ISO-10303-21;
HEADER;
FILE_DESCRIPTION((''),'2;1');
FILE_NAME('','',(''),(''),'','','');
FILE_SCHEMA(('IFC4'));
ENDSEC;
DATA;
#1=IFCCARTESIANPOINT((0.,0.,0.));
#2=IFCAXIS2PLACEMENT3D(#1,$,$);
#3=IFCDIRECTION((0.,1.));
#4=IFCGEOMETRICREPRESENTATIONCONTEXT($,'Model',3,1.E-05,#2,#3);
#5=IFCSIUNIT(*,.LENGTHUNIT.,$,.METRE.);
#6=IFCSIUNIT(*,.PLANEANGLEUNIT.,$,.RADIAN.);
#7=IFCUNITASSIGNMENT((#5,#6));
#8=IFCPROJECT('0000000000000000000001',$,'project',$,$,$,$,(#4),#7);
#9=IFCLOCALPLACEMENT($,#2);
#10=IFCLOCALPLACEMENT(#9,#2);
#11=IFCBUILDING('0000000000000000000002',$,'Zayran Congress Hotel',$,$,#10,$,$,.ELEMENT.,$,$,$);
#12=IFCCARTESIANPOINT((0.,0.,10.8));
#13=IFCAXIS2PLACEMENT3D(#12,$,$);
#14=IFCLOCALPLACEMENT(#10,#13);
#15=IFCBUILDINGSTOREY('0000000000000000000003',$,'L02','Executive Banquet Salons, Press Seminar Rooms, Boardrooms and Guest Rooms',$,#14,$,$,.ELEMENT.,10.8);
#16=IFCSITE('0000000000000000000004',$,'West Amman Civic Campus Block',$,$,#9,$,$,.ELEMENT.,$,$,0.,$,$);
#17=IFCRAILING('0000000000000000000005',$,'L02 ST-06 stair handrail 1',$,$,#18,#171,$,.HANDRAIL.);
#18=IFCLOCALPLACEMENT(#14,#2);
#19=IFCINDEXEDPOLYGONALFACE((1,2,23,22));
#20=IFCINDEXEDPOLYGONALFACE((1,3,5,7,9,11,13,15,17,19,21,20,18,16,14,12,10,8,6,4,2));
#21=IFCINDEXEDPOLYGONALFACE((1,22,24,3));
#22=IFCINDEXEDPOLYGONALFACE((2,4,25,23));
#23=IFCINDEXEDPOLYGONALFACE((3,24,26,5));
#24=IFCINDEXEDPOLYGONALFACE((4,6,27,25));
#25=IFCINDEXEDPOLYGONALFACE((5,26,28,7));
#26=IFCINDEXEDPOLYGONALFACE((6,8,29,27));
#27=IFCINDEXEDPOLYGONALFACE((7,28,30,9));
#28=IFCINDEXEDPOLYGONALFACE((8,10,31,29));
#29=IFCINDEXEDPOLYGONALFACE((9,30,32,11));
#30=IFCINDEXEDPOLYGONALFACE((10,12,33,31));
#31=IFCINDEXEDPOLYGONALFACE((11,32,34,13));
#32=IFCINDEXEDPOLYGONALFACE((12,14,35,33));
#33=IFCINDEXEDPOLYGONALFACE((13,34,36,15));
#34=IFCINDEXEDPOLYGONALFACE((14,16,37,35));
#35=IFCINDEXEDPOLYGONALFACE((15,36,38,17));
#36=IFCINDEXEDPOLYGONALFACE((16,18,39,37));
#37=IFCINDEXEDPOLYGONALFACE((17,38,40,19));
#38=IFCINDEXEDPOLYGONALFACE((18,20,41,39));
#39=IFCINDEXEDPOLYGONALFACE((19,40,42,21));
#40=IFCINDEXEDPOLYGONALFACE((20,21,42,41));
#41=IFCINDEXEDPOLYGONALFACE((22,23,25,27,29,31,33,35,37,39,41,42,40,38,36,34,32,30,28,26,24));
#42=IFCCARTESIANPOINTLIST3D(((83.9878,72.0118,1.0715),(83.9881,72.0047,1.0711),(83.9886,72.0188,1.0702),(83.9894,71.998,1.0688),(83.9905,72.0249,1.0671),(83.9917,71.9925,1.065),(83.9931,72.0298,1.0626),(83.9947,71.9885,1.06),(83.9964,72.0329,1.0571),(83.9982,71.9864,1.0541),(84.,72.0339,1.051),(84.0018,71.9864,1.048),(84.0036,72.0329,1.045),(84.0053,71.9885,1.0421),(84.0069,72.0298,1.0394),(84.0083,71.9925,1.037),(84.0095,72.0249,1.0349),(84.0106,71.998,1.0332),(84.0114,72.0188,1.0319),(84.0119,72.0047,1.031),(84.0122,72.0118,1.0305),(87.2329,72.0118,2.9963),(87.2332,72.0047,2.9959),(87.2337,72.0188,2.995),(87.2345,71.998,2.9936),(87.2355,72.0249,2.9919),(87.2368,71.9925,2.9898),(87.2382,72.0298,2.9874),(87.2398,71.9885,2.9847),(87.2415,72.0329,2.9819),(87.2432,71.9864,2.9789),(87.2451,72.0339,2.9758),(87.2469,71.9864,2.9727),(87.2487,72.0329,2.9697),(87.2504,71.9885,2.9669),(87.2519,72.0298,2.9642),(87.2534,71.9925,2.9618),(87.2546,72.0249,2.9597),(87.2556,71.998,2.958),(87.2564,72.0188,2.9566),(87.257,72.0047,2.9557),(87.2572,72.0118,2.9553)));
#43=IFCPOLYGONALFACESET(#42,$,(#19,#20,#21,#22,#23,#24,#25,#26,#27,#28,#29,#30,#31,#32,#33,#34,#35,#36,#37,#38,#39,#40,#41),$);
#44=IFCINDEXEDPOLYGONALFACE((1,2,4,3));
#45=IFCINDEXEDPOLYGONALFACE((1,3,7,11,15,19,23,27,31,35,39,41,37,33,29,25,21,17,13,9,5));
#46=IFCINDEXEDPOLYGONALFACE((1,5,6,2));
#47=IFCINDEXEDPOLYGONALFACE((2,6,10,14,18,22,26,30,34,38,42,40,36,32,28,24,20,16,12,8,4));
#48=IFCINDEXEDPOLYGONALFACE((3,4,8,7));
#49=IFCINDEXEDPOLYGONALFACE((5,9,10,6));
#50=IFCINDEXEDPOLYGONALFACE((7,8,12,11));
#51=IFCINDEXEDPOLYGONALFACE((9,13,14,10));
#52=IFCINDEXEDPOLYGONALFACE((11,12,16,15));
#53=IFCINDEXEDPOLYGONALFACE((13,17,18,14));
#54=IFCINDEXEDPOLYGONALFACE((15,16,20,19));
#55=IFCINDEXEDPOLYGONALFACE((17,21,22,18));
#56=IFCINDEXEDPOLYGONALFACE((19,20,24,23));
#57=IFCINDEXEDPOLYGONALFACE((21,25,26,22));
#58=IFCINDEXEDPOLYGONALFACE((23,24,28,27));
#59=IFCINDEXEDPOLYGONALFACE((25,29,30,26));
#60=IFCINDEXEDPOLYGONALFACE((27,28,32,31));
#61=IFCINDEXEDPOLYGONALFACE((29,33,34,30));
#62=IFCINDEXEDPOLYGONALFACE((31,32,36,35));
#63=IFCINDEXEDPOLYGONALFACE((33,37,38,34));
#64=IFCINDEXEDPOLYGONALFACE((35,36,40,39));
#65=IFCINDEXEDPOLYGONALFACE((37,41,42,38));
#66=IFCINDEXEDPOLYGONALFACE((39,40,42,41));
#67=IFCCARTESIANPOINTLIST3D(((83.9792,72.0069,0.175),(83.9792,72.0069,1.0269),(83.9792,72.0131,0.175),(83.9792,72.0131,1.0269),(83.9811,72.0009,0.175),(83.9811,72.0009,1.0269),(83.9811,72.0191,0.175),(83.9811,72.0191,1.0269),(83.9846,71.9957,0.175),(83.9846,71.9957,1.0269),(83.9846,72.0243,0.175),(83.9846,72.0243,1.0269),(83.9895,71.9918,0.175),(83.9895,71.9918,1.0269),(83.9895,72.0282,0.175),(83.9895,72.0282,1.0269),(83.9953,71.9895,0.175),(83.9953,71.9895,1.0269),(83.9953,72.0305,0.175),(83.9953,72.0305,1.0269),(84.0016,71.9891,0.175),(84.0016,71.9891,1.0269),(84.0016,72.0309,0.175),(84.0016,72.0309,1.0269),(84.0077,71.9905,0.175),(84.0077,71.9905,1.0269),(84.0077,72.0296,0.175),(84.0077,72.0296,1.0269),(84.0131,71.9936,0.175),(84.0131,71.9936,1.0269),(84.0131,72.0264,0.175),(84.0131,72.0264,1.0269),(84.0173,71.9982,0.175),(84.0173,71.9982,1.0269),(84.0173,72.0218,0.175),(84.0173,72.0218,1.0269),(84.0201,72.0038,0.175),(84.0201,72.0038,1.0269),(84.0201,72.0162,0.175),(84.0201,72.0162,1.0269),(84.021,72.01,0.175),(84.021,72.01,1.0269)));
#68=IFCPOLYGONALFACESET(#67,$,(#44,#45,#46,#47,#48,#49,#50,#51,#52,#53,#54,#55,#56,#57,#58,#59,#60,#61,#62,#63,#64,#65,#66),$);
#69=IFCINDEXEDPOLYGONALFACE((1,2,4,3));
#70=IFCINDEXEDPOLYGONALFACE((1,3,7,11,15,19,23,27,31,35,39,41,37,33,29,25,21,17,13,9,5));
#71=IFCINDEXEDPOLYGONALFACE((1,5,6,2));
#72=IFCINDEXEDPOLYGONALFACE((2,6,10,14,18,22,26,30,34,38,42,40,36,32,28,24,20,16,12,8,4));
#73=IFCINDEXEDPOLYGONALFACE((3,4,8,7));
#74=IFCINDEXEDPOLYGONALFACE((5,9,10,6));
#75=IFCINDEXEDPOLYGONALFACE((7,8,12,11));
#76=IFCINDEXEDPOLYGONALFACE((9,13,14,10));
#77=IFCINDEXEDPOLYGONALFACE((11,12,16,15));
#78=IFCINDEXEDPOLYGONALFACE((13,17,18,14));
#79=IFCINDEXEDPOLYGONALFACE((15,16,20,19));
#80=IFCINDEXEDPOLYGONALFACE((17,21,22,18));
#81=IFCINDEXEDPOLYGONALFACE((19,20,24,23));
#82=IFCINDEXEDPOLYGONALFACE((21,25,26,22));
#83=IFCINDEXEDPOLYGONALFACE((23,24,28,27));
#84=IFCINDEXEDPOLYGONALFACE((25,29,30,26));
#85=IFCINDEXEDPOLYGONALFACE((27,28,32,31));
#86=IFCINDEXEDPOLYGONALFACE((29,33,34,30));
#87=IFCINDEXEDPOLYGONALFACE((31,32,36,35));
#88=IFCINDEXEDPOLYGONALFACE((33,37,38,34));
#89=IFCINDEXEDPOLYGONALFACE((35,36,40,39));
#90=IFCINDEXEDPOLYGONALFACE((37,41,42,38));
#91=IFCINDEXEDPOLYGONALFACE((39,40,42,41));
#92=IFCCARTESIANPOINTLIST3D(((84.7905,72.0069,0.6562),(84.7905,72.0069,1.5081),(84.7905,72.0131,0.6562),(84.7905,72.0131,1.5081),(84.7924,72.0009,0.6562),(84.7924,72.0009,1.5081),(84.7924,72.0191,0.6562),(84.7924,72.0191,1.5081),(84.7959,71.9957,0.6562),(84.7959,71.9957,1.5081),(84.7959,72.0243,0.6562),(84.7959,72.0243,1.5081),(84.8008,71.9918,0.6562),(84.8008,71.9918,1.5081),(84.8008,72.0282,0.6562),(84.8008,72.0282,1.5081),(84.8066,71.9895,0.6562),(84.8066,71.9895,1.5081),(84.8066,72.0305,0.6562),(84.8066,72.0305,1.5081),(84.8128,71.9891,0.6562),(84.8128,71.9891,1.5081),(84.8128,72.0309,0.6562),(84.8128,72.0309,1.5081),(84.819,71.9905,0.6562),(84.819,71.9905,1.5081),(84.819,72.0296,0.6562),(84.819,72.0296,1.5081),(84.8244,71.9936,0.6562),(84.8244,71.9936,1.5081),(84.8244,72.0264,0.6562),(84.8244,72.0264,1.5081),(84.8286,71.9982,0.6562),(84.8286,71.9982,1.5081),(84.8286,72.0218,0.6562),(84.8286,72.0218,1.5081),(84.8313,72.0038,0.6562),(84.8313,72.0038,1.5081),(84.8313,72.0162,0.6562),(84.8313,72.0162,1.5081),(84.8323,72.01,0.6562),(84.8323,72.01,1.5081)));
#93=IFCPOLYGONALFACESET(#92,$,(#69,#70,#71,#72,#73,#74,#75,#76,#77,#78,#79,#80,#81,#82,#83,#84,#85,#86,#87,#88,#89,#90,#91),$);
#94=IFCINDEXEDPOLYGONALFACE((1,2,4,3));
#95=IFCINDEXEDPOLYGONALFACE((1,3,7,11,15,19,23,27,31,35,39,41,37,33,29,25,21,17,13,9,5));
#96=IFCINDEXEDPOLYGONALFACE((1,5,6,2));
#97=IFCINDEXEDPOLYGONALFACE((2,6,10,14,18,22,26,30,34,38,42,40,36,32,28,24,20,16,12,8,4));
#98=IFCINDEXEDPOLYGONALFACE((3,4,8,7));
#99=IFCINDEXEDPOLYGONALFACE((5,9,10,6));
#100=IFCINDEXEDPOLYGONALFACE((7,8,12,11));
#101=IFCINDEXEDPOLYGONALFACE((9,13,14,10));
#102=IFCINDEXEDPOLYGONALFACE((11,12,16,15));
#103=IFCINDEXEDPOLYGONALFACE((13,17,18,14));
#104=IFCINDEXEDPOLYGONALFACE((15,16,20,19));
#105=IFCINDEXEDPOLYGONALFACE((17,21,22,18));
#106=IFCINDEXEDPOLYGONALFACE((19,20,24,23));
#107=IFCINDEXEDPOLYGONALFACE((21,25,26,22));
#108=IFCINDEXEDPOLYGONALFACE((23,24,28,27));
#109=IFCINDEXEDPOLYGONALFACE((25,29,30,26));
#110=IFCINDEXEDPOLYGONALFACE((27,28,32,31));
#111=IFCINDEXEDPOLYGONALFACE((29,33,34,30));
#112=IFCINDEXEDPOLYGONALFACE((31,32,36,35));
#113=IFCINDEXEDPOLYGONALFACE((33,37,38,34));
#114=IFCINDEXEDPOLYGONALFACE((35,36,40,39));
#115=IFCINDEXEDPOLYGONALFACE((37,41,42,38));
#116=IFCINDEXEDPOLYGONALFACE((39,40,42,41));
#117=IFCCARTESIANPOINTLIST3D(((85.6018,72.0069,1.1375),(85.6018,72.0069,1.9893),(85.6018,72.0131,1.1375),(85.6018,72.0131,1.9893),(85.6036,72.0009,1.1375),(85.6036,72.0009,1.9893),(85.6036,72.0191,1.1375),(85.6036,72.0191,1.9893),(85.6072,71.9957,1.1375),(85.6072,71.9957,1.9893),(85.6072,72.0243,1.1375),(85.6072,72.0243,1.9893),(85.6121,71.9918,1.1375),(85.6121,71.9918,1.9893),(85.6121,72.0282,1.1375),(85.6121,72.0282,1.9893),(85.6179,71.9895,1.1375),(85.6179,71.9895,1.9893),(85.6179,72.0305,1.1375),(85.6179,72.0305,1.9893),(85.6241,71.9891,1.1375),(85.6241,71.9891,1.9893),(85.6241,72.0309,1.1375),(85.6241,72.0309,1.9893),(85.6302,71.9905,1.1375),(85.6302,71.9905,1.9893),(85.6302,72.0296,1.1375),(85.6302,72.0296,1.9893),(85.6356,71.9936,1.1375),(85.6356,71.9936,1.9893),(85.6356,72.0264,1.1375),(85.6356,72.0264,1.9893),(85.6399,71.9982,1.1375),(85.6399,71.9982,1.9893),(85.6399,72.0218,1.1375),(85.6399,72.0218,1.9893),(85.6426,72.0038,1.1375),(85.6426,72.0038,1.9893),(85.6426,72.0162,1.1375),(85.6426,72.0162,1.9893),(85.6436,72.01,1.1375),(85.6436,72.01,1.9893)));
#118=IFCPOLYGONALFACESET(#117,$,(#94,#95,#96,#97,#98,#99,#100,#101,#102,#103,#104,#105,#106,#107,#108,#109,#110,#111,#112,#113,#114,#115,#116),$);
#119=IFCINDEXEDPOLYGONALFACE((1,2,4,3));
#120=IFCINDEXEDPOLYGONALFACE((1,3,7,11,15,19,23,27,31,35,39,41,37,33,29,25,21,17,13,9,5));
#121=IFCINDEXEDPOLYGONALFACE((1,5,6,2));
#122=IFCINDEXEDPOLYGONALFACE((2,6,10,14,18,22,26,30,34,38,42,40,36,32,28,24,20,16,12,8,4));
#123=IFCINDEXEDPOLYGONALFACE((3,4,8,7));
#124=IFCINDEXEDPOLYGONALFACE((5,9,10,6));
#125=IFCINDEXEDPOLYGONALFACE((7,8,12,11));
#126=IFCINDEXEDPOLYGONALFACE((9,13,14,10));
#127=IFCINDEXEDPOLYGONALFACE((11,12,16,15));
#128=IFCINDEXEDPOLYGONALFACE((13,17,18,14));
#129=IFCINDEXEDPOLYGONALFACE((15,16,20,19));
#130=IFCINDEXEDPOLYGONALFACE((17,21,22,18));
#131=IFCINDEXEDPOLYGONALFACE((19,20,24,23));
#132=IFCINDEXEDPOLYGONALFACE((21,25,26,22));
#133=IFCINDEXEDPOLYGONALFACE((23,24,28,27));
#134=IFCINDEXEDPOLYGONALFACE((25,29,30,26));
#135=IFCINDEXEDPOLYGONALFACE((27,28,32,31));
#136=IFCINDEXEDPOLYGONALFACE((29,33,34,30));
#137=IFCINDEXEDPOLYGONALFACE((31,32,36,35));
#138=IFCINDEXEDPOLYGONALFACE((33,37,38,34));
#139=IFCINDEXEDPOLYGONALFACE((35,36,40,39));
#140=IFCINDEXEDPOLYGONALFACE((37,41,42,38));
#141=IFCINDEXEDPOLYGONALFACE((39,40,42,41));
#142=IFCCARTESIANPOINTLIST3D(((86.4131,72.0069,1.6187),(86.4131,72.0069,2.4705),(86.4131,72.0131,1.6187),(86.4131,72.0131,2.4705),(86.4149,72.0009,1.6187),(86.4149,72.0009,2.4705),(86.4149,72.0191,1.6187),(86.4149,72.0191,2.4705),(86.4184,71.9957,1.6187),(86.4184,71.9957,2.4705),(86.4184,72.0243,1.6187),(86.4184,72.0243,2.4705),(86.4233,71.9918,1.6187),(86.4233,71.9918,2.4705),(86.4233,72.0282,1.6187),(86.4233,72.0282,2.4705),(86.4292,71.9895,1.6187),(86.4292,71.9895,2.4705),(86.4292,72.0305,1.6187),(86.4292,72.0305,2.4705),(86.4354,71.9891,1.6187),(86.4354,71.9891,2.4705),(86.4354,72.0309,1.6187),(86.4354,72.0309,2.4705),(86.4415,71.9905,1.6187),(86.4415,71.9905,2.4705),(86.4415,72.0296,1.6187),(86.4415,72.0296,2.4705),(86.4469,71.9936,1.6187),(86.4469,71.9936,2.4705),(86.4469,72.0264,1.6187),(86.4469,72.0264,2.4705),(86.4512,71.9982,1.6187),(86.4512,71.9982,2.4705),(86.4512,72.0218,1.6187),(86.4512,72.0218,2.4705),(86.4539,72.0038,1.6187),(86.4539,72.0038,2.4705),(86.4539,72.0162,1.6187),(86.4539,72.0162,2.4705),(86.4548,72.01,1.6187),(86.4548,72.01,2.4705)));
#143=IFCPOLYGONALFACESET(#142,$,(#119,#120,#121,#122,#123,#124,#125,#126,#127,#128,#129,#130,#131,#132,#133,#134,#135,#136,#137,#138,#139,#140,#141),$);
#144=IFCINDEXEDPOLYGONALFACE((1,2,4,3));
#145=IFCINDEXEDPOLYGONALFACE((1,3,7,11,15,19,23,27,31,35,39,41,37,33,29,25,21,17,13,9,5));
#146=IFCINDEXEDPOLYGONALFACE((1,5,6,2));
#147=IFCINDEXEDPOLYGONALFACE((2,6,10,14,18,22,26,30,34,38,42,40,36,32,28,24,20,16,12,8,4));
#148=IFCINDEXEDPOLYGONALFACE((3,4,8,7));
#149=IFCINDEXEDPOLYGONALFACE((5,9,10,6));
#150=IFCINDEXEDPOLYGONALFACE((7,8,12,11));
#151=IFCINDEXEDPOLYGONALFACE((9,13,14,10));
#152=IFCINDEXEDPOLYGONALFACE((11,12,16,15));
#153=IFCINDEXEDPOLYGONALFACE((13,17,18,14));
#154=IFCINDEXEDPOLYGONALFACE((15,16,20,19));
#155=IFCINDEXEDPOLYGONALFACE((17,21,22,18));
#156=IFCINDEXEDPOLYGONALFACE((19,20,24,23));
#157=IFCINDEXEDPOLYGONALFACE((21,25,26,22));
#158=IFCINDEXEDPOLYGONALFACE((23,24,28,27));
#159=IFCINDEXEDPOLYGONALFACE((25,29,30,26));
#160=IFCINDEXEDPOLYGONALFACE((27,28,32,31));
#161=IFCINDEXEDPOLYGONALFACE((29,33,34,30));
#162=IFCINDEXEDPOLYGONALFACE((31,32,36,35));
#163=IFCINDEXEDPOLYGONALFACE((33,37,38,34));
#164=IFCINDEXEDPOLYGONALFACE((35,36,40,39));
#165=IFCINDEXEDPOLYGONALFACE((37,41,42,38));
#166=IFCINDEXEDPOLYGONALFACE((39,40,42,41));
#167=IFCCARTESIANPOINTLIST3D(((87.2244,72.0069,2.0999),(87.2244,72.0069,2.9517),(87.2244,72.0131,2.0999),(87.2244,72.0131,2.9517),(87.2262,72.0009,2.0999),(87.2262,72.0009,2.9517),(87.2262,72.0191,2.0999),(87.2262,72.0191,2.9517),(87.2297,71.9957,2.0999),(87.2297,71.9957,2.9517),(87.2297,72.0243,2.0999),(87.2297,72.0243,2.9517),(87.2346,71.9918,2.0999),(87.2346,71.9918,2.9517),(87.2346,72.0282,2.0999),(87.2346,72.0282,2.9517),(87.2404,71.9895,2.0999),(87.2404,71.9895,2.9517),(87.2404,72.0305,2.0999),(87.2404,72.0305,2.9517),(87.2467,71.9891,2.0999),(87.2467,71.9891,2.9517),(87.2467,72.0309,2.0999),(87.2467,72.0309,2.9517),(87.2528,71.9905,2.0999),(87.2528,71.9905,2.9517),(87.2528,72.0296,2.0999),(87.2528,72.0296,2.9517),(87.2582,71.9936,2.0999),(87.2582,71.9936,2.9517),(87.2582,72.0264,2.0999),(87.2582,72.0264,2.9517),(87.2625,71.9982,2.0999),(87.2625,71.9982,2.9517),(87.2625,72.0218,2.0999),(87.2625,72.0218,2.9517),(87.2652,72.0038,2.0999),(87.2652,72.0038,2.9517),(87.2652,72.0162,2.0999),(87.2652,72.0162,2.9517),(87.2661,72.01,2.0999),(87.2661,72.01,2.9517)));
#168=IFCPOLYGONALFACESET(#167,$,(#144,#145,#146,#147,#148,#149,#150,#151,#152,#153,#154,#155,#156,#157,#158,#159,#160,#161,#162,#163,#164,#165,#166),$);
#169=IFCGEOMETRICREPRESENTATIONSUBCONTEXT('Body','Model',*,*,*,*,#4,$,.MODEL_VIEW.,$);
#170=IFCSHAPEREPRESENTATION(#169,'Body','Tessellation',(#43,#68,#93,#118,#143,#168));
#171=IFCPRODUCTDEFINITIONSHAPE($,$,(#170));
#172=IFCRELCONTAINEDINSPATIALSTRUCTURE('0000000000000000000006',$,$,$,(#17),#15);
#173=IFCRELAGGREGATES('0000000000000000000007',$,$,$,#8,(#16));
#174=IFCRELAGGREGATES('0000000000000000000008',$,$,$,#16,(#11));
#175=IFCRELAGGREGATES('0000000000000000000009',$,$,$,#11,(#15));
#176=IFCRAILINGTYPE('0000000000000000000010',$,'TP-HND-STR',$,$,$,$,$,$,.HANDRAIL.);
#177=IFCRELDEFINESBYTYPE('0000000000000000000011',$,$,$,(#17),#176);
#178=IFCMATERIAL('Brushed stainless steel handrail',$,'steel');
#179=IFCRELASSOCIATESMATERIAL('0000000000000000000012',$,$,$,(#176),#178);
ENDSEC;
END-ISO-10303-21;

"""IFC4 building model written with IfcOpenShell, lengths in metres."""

from ifc_helpers import new_model, si_unit, direction, frame, origin, origin_2d, place, context, subcontext, project, spatial, circle, extrude, material, type_object, element, save


model = new_model("IFC4")

# Units and contexts
model_context = context("Model", 3, precision=1e-05, world=origin(), true_north=direction((0.0, 1.0)))
body_context = subcontext(model_context, "Body", "Model", "MODEL_VIEW")
ifc_project = project(units=[si_unit("LENGTHUNIT", "METRE"), si_unit("PLANEANGLEUNIT", "RADIAN")], contexts=[model_context])

# Site, building, storey
site_placement = place(None, origin())
site = spatial("IfcSite", under=ifc_project, at=site_placement, Name="West Amman Civic Campus Block", CompositionType="ELEMENT", RefElevation=0.0)
building_placement = place(site_placement, origin())
building = spatial("IfcBuilding", under=site, at=building_placement, Name="Zayran Congress Hotel", CompositionType="ELEMENT")
storey_placement = place(building_placement, frame((0.0, 0.0, 10.8)))
storey = spatial("IfcBuildingStorey", under=building, at=storey_placement, Name="L02", Description="Executive Banquet Salons, Press Seminar Rooms, Boardrooms and Guest Rooms", CompositionType="ELEMENT", Elevation=10.8)

# Railing
ifc_material_1 = material(Name="Brushed stainless steel handrail", Category="steel")
railing_type_1 = type_object("IfcRailingType", Name="TP-HND-STR", PredefinedType="HANDRAIL", material=ifc_material_1)
railing_1_placement = place(storey_placement, frame((84.0, 72.01, 0.175)))
element("IfcRailing", 1, at=railing_1_placement, inside=storey, type_object=railing_type_1, Name="L02 ST-06 stair handrail 1", PredefinedType="HANDRAIL", context=body_context, shape_type="SweptSolid", body=[
    extrude(circle(Radius=0.0239, at=origin_2d()), frame((0.0, 0.0, 0.876), z_axis=(0.860085, 0.0, 0.51015), x_axis=(0.0, 1.0, 0.0)), (0.0, 0.0, 1.0), 3.7729),
    extrude(circle(Radius=0.021, at=origin_2d()), origin(), (0.0, 0.0, 1.0), 0.8518),
    extrude(circle(Radius=0.021, at=origin_2d()), frame((0.8113, 0.0, 0.4812)), (0.0, 0.0, 1.0), 0.8518),
    extrude(circle(Radius=0.021, at=origin_2d()), frame((1.6226, 0.0, 0.9624)), (0.0, 0.0, 1.0), 0.8518),
    extrude(circle(Radius=0.021, at=origin_2d()), frame((2.4338, 0.0, 1.4436)), (0.0, 0.0, 1.0), 0.8518),
    extrude(circle(Radius=0.021, at=origin_2d()), frame((3.2451, 0.0, 1.9248)), (0.0, 0.0, 1.0), 0.8518),
])

save(model, "model.ifc")
